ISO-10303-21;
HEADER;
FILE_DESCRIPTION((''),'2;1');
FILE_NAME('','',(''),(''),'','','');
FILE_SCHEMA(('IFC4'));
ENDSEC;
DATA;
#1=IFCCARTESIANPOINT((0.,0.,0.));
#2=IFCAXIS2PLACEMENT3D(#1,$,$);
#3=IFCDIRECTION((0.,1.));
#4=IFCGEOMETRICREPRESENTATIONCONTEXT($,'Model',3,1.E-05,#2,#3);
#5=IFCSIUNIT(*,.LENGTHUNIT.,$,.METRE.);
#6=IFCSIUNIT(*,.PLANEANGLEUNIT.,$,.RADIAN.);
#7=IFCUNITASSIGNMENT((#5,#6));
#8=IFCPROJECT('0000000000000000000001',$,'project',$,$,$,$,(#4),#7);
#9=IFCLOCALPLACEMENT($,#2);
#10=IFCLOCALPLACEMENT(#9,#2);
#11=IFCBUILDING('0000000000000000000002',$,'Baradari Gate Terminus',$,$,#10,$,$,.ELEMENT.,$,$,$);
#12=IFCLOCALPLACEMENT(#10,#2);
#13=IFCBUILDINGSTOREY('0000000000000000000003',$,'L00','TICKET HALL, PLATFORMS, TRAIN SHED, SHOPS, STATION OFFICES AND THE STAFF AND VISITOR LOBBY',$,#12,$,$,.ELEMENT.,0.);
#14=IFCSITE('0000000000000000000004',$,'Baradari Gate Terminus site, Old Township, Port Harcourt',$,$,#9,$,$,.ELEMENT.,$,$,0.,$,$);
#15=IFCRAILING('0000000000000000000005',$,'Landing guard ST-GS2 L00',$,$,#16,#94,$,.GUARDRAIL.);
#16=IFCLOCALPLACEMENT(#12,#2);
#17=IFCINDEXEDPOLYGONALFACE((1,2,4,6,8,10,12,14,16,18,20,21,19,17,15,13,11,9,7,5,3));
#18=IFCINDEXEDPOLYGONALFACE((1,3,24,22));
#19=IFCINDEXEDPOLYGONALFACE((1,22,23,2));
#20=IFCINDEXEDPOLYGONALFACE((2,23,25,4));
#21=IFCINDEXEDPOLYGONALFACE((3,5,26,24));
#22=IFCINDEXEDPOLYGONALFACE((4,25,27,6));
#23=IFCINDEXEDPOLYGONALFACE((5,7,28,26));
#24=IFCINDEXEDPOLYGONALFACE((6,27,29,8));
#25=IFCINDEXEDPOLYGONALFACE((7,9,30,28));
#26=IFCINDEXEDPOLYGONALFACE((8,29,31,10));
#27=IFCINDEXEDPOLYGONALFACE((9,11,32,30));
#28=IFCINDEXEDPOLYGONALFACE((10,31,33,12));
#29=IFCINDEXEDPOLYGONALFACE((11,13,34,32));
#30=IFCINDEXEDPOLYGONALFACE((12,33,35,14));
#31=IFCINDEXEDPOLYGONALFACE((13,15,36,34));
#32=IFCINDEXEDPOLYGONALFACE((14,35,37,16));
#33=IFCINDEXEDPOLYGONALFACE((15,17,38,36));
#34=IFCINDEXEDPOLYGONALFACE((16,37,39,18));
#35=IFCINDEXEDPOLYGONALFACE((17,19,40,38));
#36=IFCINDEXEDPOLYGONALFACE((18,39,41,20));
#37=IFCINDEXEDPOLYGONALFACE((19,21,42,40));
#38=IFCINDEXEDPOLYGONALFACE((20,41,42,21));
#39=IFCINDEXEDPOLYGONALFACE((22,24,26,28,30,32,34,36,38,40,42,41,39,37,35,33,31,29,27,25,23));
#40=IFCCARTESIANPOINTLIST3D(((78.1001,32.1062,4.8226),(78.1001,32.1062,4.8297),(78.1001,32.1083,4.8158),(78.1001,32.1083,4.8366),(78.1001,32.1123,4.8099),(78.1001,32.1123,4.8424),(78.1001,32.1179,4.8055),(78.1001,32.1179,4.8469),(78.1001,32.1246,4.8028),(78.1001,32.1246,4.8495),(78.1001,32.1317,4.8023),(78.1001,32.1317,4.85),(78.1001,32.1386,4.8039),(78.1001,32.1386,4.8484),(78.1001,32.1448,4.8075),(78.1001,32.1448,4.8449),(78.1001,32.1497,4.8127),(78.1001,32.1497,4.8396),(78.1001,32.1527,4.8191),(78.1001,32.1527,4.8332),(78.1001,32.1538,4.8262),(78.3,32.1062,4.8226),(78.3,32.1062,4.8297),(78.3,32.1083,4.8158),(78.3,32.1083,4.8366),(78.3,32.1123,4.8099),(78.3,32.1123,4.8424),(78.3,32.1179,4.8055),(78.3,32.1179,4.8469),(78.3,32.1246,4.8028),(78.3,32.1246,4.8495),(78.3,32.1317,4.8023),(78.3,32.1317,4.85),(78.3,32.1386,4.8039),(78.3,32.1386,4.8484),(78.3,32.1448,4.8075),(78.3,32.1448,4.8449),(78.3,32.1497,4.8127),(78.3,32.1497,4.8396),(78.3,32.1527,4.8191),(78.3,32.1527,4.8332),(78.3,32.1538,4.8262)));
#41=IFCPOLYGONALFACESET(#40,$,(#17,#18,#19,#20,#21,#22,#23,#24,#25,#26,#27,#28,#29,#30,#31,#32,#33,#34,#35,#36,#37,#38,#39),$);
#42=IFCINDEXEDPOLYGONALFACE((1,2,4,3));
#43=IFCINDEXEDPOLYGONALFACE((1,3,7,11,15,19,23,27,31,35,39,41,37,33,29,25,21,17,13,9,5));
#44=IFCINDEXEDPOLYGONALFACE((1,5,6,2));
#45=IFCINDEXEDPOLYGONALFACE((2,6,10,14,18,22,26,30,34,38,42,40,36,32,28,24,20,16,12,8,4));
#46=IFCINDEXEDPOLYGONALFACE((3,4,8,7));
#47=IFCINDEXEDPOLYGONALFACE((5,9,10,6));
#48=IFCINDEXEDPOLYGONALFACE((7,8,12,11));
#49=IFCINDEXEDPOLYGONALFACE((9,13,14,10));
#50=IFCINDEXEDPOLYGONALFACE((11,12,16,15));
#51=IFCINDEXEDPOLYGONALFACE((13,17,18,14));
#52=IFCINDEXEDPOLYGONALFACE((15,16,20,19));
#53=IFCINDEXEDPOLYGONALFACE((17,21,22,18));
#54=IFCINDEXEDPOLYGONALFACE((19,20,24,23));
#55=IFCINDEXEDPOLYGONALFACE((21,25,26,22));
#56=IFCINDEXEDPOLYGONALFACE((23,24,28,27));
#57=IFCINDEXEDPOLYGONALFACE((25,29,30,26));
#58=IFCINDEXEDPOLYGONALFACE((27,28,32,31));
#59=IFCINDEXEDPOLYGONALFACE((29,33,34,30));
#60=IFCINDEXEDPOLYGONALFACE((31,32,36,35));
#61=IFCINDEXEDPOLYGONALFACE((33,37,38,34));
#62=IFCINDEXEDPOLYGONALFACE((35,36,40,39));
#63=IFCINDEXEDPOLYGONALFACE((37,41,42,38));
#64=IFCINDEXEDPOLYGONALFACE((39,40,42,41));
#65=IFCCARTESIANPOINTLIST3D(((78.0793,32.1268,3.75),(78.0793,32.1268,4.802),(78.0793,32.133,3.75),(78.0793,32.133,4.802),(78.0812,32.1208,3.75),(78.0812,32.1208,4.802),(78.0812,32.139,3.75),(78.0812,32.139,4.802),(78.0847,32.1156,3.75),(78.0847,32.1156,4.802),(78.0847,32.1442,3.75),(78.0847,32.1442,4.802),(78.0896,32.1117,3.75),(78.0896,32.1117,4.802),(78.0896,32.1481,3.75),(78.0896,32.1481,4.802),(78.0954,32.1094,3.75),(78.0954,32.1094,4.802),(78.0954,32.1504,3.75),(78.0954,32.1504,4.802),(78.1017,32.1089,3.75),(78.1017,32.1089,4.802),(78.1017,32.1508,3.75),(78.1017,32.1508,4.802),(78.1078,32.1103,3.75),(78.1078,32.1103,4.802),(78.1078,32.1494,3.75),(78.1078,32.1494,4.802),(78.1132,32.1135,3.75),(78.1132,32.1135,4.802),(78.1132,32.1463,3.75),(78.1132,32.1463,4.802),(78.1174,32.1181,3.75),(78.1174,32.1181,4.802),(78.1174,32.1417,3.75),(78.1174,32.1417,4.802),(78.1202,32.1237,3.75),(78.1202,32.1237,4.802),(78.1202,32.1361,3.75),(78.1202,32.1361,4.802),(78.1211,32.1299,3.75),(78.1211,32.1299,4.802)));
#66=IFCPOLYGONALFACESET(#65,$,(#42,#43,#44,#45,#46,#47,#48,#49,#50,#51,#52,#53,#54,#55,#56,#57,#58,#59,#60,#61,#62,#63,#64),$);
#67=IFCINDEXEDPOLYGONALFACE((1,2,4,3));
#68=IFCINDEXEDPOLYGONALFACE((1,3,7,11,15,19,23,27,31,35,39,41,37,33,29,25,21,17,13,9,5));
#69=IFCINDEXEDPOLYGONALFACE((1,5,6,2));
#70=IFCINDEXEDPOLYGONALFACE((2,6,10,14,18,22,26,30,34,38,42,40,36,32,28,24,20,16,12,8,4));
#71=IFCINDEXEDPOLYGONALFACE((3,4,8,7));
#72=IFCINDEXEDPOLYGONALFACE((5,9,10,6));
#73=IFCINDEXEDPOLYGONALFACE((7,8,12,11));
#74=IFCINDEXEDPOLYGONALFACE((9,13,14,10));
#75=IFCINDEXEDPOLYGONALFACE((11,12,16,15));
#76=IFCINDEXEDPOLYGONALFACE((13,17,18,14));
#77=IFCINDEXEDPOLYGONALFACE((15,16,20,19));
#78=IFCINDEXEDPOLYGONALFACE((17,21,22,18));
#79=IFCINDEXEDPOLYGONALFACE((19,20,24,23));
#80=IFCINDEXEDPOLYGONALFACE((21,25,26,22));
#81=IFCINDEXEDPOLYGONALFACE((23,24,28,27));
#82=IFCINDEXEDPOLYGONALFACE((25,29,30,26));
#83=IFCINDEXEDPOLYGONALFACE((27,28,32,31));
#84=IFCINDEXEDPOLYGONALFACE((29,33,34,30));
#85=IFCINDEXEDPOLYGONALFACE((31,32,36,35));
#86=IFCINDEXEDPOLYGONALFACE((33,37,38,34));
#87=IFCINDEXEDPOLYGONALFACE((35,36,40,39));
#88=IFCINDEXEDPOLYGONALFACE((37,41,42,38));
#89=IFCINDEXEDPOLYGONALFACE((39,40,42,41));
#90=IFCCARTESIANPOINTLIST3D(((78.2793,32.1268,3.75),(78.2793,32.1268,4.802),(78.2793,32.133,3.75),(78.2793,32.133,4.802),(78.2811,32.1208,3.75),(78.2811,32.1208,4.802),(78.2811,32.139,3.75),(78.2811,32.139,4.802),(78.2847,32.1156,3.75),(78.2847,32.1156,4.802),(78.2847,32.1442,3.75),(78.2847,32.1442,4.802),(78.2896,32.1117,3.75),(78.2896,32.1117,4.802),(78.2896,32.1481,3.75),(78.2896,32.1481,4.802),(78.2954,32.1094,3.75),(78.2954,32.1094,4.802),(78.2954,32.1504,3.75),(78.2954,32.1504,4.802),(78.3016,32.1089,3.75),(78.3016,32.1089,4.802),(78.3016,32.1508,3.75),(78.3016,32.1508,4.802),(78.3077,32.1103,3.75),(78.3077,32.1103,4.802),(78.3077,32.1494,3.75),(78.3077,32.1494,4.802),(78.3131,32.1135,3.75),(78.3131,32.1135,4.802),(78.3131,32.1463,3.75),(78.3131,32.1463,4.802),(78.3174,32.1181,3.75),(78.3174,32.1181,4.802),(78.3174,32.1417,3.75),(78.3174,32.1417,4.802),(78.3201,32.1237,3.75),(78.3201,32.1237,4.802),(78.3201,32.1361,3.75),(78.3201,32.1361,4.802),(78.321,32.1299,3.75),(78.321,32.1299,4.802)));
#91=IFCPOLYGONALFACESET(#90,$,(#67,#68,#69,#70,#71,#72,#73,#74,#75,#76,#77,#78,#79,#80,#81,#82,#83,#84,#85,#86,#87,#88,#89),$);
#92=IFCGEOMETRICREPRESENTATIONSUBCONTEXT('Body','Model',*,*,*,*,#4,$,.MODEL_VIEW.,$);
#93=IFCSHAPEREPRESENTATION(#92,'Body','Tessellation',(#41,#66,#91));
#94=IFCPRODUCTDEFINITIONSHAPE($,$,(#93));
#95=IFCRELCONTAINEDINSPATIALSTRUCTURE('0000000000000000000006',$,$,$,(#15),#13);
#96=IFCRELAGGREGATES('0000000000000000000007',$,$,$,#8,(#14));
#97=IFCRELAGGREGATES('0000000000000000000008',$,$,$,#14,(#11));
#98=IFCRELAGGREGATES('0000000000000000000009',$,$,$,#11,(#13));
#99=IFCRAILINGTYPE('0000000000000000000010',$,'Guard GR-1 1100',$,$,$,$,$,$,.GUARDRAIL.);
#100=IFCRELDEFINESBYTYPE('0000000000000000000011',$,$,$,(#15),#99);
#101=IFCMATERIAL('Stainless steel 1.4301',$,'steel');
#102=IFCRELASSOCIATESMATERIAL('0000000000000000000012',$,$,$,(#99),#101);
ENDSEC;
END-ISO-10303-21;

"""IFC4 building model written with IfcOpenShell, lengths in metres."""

from ifc_helpers import new_model, si_unit, direction, frame, origin, origin_2d, place, context, subcontext, project, spatial, circle, extrude, material, type_object, element, save


model = new_model("IFC4")

# Units and contexts
model_context = context("Model", 3, precision=1e-05, world=origin(), true_north=direction((0.0, 1.0)))
body_context = subcontext(model_context, "Body", "Model", "MODEL_VIEW")
ifc_project = project(units=[si_unit("LENGTHUNIT", "METRE"), si_unit("PLANEANGLEUNIT", "RADIAN")], contexts=[model_context])

# Site, building, storey
site_placement = place(None, origin())
site = spatial("IfcSite", under=ifc_project, at=site_placement, Name="Baradari Gate Terminus site, Old Township, Port Harcourt", CompositionType="ELEMENT", RefElevation=0.0)
building_placement = place(site_placement, origin())
building = spatial("IfcBuilding", under=site, at=building_placement, Name="Baradari Gate Terminus", CompositionType="ELEMENT")
storey_placement = place(building_placement, origin())
storey = spatial("IfcBuildingStorey", under=building, at=storey_placement, Name="L00", Description="TICKET HALL, PLATFORMS, TRAIN SHED, SHOPS, STATION OFFICES AND THE STAFF AND VISITOR LOBBY", CompositionType="ELEMENT", Elevation=0.0)

# Railing
ifc_material_1 = material(Name="Stainless steel 1.4301", Category="steel")
railing_type_1 = type_object("IfcRailingType", Name="Guard GR-1 1100", PredefinedType="GUARDRAIL", material=ifc_material_1)
for number, where, name in (
    (1, (78.1001, 32.1299, 3.75), "Landing guard ST-GS2 L00"),
):
    element("IfcRailing", number, at=place(storey_placement, frame(where)), inside=storey, type_object=railing_type_1, Name=name, PredefinedType="GUARDRAIL", context=body_context, shape_type="SweptSolid", body=[
        extrude(circle(Radius=0.0239, at=origin_2d()), frame((0.0, 0.0, 1.0762), z_axis=(1.0, 0.0, 0.0), x_axis=(0.0, 1.0, 0.0)), (0.0, 0.0, 1.0), 0.2),
        extrude(circle(Radius=0.021, at=origin_2d()), origin(), (0.0, 0.0, 1.0), 1.052),
        extrude(circle(Radius=0.021, at=origin_2d()), frame((0.2, 0.0, 0.0)), (0.0, 0.0, 1.0), 1.052),
    ])

save(model, "model.ifc")
